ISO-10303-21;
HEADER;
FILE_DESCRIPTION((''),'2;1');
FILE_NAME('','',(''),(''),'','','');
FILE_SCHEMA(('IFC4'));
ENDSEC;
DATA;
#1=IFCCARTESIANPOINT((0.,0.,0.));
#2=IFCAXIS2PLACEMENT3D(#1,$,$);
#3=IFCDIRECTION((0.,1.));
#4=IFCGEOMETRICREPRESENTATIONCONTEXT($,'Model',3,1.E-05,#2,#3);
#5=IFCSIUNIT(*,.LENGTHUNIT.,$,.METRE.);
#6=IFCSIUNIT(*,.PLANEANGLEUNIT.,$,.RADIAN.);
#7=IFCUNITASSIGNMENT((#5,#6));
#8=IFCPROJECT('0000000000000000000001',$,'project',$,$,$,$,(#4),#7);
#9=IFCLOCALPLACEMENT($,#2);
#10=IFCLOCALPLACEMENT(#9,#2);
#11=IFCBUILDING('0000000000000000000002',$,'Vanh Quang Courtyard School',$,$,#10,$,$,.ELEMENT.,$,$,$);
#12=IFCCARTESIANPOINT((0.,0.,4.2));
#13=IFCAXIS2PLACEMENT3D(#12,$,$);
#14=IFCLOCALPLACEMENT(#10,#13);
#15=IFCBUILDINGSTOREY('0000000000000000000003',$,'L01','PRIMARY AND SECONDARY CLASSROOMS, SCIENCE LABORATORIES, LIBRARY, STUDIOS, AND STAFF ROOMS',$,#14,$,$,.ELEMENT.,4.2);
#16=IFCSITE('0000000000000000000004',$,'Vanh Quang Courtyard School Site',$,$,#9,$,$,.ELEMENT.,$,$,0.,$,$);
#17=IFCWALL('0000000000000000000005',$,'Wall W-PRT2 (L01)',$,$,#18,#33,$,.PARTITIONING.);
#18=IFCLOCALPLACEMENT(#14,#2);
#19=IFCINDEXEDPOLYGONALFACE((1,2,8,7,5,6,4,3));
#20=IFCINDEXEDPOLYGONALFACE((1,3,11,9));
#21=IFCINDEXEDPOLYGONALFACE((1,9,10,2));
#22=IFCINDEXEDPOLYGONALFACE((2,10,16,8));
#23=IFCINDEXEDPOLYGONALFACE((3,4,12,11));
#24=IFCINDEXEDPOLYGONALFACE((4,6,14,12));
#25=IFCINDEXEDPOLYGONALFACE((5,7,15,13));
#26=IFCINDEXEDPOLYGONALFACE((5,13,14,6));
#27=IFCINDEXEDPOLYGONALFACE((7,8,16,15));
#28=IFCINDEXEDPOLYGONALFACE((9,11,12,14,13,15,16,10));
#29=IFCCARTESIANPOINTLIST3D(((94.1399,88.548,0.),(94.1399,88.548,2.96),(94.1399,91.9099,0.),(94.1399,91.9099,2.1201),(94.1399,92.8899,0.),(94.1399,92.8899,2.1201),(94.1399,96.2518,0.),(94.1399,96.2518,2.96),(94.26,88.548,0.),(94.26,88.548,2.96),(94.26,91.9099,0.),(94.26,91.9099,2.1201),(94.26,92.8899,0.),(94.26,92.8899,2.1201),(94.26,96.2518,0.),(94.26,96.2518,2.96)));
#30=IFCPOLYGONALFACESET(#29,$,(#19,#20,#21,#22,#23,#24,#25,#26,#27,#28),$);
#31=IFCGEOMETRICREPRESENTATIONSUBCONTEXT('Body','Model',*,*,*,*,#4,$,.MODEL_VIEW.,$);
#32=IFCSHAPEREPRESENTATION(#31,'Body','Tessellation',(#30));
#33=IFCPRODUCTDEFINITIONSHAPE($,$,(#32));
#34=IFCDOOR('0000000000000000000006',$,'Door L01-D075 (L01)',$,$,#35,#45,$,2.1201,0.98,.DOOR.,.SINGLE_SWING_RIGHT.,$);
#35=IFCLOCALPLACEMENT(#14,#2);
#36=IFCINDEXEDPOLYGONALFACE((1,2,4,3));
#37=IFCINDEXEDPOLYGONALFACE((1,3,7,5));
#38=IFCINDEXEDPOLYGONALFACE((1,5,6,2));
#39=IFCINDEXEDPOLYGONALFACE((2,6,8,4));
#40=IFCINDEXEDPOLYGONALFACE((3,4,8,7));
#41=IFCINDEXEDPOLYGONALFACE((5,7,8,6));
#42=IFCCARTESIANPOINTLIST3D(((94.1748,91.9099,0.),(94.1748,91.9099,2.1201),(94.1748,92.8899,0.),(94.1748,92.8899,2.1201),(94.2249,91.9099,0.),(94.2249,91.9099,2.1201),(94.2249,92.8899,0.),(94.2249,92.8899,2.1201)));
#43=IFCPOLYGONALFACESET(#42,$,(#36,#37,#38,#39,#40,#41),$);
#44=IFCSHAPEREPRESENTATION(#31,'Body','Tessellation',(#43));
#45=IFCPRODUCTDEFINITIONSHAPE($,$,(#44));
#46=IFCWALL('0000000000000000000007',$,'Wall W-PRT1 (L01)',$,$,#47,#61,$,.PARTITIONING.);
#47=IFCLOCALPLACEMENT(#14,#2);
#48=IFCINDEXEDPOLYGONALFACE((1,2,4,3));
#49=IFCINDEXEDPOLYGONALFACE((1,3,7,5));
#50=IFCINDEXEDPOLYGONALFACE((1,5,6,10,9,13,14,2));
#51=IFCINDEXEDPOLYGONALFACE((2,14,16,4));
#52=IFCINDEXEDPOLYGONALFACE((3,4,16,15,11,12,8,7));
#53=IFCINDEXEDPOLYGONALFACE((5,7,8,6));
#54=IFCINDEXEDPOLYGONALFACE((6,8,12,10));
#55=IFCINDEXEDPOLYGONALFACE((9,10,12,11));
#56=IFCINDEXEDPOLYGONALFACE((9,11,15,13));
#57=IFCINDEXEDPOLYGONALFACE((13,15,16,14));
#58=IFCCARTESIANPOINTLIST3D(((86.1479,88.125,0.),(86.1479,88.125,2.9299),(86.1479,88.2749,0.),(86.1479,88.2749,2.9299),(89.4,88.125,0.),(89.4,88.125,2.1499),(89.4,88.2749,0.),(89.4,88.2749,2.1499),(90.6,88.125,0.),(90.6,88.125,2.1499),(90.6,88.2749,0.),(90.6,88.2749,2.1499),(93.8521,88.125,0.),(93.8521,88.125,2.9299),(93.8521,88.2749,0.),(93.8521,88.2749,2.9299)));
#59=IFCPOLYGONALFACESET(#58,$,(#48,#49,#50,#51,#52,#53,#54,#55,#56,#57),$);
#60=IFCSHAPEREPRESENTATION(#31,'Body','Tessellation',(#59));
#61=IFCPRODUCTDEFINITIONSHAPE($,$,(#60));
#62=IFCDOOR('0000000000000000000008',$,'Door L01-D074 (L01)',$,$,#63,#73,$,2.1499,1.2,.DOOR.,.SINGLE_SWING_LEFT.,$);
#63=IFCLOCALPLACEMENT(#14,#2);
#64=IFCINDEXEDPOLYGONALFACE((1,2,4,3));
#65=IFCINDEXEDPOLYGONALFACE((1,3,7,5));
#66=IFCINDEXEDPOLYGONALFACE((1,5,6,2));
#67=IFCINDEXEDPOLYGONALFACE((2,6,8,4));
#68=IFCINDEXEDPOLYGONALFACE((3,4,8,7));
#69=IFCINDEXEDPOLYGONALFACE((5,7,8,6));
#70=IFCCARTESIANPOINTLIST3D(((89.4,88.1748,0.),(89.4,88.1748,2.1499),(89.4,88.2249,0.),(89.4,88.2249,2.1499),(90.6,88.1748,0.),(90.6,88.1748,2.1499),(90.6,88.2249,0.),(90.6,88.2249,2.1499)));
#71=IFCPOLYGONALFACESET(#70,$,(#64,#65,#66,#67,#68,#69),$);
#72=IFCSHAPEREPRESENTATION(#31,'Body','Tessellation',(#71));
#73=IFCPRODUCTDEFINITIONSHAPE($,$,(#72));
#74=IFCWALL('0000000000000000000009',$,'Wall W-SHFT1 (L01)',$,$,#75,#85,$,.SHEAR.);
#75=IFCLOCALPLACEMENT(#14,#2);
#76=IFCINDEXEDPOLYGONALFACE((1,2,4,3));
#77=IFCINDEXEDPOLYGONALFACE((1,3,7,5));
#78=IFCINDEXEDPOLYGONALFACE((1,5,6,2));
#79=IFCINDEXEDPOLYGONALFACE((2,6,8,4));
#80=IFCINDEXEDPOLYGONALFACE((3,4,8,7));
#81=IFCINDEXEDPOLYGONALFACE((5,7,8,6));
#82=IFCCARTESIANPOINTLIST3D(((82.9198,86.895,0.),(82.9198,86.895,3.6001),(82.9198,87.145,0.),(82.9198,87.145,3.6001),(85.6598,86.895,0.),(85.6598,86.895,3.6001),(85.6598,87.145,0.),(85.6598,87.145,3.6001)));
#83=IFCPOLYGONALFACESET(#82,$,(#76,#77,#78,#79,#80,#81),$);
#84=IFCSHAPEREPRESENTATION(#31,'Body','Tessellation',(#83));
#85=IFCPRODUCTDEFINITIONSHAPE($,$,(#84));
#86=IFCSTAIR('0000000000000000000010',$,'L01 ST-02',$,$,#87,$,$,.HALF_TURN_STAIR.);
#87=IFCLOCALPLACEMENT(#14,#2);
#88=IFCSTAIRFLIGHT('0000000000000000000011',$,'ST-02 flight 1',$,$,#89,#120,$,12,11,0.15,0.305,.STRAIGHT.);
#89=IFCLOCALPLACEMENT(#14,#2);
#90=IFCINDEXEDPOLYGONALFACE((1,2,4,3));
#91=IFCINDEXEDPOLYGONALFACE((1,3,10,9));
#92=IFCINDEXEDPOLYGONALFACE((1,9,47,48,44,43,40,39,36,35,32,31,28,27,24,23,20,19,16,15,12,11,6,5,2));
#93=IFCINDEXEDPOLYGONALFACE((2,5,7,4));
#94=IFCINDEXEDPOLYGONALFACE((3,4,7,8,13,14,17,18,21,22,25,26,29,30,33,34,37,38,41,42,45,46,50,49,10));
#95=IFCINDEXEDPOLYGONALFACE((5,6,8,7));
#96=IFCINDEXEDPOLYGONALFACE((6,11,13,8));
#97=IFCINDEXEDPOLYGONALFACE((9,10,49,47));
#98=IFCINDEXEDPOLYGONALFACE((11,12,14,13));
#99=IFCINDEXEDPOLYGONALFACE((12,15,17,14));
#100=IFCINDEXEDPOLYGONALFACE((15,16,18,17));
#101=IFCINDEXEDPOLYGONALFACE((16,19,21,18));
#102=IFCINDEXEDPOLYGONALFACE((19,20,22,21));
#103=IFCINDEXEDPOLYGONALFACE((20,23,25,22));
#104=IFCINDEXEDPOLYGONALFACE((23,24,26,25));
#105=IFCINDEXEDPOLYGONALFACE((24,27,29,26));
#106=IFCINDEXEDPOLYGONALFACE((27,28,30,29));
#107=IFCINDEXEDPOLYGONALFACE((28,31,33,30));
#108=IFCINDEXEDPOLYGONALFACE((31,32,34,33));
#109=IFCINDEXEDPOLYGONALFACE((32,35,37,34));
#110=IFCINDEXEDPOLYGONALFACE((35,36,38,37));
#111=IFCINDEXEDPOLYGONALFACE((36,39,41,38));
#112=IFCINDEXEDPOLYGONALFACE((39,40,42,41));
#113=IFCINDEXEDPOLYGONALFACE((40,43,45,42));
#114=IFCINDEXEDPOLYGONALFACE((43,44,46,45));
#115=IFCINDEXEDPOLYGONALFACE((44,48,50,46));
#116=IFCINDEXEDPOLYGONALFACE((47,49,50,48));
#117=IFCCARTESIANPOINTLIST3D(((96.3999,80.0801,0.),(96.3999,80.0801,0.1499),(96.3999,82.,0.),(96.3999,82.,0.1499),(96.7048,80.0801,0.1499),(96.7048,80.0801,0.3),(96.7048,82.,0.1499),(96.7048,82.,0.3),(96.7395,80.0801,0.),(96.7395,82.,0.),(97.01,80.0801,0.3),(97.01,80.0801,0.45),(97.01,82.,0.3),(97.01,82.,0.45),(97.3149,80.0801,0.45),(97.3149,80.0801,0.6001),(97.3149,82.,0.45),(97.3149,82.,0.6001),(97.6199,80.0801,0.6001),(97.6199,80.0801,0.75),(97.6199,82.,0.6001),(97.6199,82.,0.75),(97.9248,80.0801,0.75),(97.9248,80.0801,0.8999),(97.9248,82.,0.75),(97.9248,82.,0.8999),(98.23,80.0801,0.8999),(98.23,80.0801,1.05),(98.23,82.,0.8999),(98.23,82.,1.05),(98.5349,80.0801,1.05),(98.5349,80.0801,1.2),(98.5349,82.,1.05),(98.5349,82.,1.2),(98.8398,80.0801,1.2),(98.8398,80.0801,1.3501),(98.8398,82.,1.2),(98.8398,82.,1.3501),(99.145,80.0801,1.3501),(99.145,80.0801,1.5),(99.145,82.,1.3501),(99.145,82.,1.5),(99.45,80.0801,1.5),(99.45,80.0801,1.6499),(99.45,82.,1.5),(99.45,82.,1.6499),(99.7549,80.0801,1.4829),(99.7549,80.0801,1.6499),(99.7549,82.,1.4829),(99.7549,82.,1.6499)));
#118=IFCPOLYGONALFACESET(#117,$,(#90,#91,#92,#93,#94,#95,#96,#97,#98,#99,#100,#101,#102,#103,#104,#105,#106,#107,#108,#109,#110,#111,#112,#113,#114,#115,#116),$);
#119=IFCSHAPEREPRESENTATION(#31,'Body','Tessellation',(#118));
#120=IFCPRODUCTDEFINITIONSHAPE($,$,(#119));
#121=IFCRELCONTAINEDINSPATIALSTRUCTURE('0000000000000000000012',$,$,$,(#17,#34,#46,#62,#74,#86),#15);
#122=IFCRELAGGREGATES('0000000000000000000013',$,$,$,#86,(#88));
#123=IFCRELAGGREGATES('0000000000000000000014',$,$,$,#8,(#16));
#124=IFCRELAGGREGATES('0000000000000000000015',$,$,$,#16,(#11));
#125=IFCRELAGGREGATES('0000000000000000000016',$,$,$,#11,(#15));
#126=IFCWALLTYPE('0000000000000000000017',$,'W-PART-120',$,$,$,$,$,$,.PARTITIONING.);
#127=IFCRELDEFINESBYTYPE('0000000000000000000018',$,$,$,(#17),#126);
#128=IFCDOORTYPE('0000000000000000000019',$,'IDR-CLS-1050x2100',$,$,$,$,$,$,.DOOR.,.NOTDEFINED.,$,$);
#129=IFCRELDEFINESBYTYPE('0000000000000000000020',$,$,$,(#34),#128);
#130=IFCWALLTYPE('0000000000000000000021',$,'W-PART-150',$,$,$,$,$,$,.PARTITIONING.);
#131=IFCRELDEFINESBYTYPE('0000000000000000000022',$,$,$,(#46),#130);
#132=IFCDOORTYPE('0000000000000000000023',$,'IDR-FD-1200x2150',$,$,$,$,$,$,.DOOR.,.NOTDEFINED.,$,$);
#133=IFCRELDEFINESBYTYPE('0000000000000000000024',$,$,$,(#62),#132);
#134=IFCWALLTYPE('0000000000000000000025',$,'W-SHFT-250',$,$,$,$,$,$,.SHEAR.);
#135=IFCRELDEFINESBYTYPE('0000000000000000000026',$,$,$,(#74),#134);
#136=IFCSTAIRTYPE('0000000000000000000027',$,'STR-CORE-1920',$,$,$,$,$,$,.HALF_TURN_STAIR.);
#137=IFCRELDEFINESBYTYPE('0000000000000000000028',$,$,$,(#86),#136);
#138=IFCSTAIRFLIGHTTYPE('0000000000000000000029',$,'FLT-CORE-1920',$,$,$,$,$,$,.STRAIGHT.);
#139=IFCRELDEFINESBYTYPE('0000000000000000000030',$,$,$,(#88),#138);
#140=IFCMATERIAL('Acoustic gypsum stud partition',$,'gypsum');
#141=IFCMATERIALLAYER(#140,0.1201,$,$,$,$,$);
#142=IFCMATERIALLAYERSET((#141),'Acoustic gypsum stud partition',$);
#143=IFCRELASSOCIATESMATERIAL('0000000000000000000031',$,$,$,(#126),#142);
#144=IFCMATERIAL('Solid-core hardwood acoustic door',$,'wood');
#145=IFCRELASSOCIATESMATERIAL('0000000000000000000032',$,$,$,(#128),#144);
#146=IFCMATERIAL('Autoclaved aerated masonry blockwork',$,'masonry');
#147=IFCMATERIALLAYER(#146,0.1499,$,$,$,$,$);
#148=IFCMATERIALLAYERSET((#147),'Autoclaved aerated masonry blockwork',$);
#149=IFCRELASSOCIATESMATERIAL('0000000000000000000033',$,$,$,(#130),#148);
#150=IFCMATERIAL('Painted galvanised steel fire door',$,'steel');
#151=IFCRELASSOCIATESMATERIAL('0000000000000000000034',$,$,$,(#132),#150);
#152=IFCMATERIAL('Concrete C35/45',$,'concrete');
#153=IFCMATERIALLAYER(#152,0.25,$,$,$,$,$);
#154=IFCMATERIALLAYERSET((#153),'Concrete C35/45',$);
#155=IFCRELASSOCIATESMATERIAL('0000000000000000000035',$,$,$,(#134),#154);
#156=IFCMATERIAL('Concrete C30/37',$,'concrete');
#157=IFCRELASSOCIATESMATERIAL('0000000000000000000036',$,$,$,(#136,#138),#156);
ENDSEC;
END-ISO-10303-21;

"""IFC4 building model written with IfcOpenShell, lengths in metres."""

from ifc_helpers import new_model, si_unit, direction, frame, frame_2d, origin, place, context, subcontext, project, spatial, polyline, rectangle, outline, extrude, material, layer, layer_set, type_object, element, fill, aggregate, save


model = new_model("IFC4")

# Units and contexts
model_context = context("Model", 3, precision=1e-05, world=origin(), true_north=direction((0.0, 1.0)))
body_context = subcontext(model_context, "Body", "Model", "MODEL_VIEW")
ifc_project = project(units=[si_unit("LENGTHUNIT", "METRE"), si_unit("PLANEANGLEUNIT", "RADIAN")], contexts=[model_context])

# Site, building, storey
site_placement = place(None, origin())
site = spatial("IfcSite", under=ifc_project, at=site_placement, Name="Vanh Quang Courtyard School Site", CompositionType="ELEMENT", RefElevation=0.0)
building_placement = place(site_placement, origin())
building = spatial("IfcBuilding", under=site, at=building_placement, Name="Vanh Quang Courtyard School", CompositionType="ELEMENT")
storey_placement = place(building_placement, frame((0.0, 0.0, 4.2)))
storey = spatial("IfcBuildingStorey", under=building, at=storey_placement, Name="L01", Description="PRIMARY AND SECONDARY CLASSROOMS, SCIENCE LABORATORIES, LIBRARY, STUDIOS, AND STAFF ROOMS", CompositionType="ELEMENT", Elevation=4.2)

# Shared definitions
ifc_material_1 = material(Name="Concrete C35/45", Category="concrete")

# Shared definitions
ifc_material_2 = material(Name="Concrete C30/37", Category="concrete")

# Shared definitions
ifc_material_3 = material(Name="Acoustic gypsum stud partition", Category="gypsum")
ifc_layer_1 = layer(ifc_material_3, 0.1201)
ifc_layer_set_1 = layer_set([ifc_layer_1], Name="Acoustic gypsum stud partition")
wall_type_1 = type_object("IfcWallType", Name="W-PART-120", PredefinedType="PARTITIONING", material=ifc_layer_set_1)

# Walls, openings, doors
wall_1_placement = place(storey_placement, frame((94.2, 96.252, 0.0), z_axis=(0.0, 0.0, 1.0), x_axis=(0.0, -1.0, 0.0)))
wall_1 = element("IfcWall", 1, at=wall_1_placement, inside=storey, type_object=wall_type_1, Name="Wall W-PRT2 (L01)", PredefinedType="PARTITIONING", context=body_context, shape_type="SweptSolid", body=[
    extrude(rectangle(XDim=7.7039, YDim=0.1201, at=frame_2d((3.8521, 0.0))), origin(), (0.0, 0.0, 1.0), 2.96),
])
opening_1_placement = place(wall_1_placement, frame((3.3621, 0.0, 0.0)))
opening_1 = element("IfcOpeningElement", 2, at=opening_1_placement, cuts=wall_1, PredefinedType="OPENING", context=body_context, shape_type="SweptSolid", body=[
    extrude(rectangle(XDim=0.98, YDim=2.1201, at=frame_2d((0.49, 1.0601))), frame((0.0, 0.0701, 0.0), z_axis=(0.0, -1.0, 0.0), x_axis=(1.0, 0.0, 0.0)), (0.0, 0.0, 1.0), 0.1401),
])
ifc_material_4 = material(Name="Solid-core hardwood acoustic door", Category="wood")
door_type_1 = type_object("IfcDoorType", Name="IDR-CLS-1050x2100", OperationType="NOTDEFINED", PredefinedType="DOOR", material=ifc_material_4)
door_1_placement = place(opening_1_placement, origin())
door_1 = element("IfcDoor", 3, at=door_1_placement, inside=storey, type_object=door_type_1, Name="Door L01-D075 (L01)", OperationType="SINGLE_SWING_RIGHT", OverallHeight=2.1201, OverallWidth=0.98, PredefinedType="DOOR", context=body_context, shape_type="SweptSolid", body=[
    extrude(rectangle(XDim=0.98, YDim=2.1201, at=frame_2d((0.49, 1.0601))), frame((0.0, 0.0249, 0.0), z_axis=(0.0, -1.0, 0.0), x_axis=(1.0, 0.0, 0.0)), (0.0, 0.0, 1.0), 0.05),
])
fill(opening_1, door_1)
ifc_material_5 = material(Name="Autoclaved aerated masonry blockwork", Category="masonry")
ifc_layer_2 = layer(ifc_material_5, 0.1499)
ifc_layer_set_2 = layer_set([ifc_layer_2], Name="Autoclaved aerated masonry blockwork")
wall_type_2 = type_object("IfcWallType", Name="W-PART-150", PredefinedType="PARTITIONING", material=ifc_layer_set_2)
wall_2_placement = place(storey_placement, frame((86.1479, 88.2, 0.0), z_axis=(0.0, 0.0, 1.0), x_axis=(1.0, 0.0, 0.0)))
wall_2 = element("IfcWall", 4, at=wall_2_placement, inside=storey, type_object=wall_type_2, Name="Wall W-PRT1 (L01)", PredefinedType="PARTITIONING", context=body_context, shape_type="SweptSolid", body=[
    extrude(rectangle(XDim=7.7041, YDim=0.1499, at=frame_2d((3.8521, 0.0))), origin(), (0.0, 0.0, 1.0), 2.9299),
])
opening_2_placement = place(wall_2_placement, frame((3.252, 0.0, 0.0)))
opening_2 = element("IfcOpeningElement", 5, at=opening_2_placement, cuts=wall_2, PredefinedType="OPENING", context=body_context, shape_type="SweptSolid", body=[
    extrude(rectangle(XDim=1.2, YDim=2.1499, at=frame_2d((0.6001, 1.075))), frame((0.0, 0.085, 0.0), z_axis=(0.0, -1.0, 0.0), x_axis=(1.0, 0.0, 0.0)), (0.0, 0.0, 1.0), 0.1699),
])
ifc_material_6 = material(Name="Painted galvanised steel fire door", Category="steel")
door_type_2 = type_object("IfcDoorType", Name="IDR-FD-1200x2150", OperationType="NOTDEFINED", PredefinedType="DOOR", material=ifc_material_6)
door_2_placement = place(opening_2_placement, origin())
door_2 = element("IfcDoor", 6, at=door_2_placement, inside=storey, type_object=door_type_2, Name="Door L01-D074 (L01)", OperationType="SINGLE_SWING_LEFT", OverallHeight=2.1499, OverallWidth=1.2, PredefinedType="DOOR", context=body_context, shape_type="SweptSolid", body=[
    extrude(rectangle(XDim=1.2, YDim=2.1499, at=frame_2d((0.6001, 1.075))), frame((0.0, 0.0249, 0.0), z_axis=(0.0, -1.0, 0.0), x_axis=(1.0, 0.0, 0.0)), (0.0, 0.0, 1.0), 0.05),
])
fill(opening_2, door_2)

# Wall
ifc_layer_3 = layer(ifc_material_1, 0.25)
ifc_layer_set_3 = layer_set([ifc_layer_3], Name="Concrete C35/45")
wall_type_3 = type_object("IfcWallType", Name="W-SHFT-250", PredefinedType="SHEAR", material=ifc_layer_set_3)
wall_3_placement = place(storey_placement, frame((85.6599, 87.02, 0.0), z_axis=(0.0, 0.0, 1.0), x_axis=(-1.0, 0.0, 0.0)))
element("IfcWall", 7, at=wall_3_placement, inside=storey, type_object=wall_type_3, Name="Wall W-SHFT1 (L01)", PredefinedType="SHEAR", context=body_context, shape_type="SweptSolid", body=[
    extrude(rectangle(XDim=2.74, YDim=0.25, at=frame_2d((1.3701, 0.0))), origin(), (0.0, 0.0, 1.0), 3.6001),
])

# Stair, stair flight
stair_type = type_object("IfcStairType", Name="STR-CORE-1920", PredefinedType="HALF_TURN_STAIR", material=ifc_material_2)
stair_placement = place(storey_placement, origin())
stair = element("IfcStair", 8, at=stair_placement, inside=storey, type_object=stair_type, Name="L01 ST-02", PredefinedType="HALF_TURN_STAIR")
stair_flight_type = type_object("IfcStairFlightType", Name="FLT-CORE-1920", PredefinedType="STRAIGHT", material=ifc_material_2)
stair_flight_placement = place(storey_placement, frame((96.3999, 81.04, 0.0), z_axis=(0.0, 0.0, 1.0), x_axis=(1.0, 0.0, 0.0)))
stair_flight = element("IfcStairFlight", 9, at=stair_flight_placement, type_object=stair_flight_type, Name="ST-02 flight 1", NumberOfRisers=12, NumberOfTreads=11, PredefinedType="STRAIGHT", RiserHeight=0.15, TreadLength=0.305, context=body_context, shape_type="SweptSolid", body=[
    extrude(outline(polyline([(0.0, 0.0), (0.0, 0.1499), (0.3049, 0.1499), (0.3049, 0.3), (0.6101, 0.3), (0.6101, 0.45), (0.915, 0.45), (0.915, 0.6001), (1.22, 0.6001), (1.22, 0.75), (1.5249, 0.75), (1.5249, 0.8999), (1.8301, 0.8999), (1.8301, 1.05), (2.135, 1.05), (2.135, 1.2), (2.4399, 1.2), (2.4399, 1.3501), (2.7451, 1.3501), (2.7451, 1.5), (3.05, 1.5), (3.05, 1.6499), (3.355, 1.6499), (3.355, 1.8), (3.355, 1.4829), (0.3396, 0.0), (0.0, 0.0)])), frame((0.0, 0.96, 0.0), z_axis=(0.0, -1.0, 0.0), x_axis=(1.0, 0.0, 0.0)), (0.0, 0.0, 1.0), 1.9199),
])
aggregate(stair, [stair_flight])

save(model, "model.ifc")
